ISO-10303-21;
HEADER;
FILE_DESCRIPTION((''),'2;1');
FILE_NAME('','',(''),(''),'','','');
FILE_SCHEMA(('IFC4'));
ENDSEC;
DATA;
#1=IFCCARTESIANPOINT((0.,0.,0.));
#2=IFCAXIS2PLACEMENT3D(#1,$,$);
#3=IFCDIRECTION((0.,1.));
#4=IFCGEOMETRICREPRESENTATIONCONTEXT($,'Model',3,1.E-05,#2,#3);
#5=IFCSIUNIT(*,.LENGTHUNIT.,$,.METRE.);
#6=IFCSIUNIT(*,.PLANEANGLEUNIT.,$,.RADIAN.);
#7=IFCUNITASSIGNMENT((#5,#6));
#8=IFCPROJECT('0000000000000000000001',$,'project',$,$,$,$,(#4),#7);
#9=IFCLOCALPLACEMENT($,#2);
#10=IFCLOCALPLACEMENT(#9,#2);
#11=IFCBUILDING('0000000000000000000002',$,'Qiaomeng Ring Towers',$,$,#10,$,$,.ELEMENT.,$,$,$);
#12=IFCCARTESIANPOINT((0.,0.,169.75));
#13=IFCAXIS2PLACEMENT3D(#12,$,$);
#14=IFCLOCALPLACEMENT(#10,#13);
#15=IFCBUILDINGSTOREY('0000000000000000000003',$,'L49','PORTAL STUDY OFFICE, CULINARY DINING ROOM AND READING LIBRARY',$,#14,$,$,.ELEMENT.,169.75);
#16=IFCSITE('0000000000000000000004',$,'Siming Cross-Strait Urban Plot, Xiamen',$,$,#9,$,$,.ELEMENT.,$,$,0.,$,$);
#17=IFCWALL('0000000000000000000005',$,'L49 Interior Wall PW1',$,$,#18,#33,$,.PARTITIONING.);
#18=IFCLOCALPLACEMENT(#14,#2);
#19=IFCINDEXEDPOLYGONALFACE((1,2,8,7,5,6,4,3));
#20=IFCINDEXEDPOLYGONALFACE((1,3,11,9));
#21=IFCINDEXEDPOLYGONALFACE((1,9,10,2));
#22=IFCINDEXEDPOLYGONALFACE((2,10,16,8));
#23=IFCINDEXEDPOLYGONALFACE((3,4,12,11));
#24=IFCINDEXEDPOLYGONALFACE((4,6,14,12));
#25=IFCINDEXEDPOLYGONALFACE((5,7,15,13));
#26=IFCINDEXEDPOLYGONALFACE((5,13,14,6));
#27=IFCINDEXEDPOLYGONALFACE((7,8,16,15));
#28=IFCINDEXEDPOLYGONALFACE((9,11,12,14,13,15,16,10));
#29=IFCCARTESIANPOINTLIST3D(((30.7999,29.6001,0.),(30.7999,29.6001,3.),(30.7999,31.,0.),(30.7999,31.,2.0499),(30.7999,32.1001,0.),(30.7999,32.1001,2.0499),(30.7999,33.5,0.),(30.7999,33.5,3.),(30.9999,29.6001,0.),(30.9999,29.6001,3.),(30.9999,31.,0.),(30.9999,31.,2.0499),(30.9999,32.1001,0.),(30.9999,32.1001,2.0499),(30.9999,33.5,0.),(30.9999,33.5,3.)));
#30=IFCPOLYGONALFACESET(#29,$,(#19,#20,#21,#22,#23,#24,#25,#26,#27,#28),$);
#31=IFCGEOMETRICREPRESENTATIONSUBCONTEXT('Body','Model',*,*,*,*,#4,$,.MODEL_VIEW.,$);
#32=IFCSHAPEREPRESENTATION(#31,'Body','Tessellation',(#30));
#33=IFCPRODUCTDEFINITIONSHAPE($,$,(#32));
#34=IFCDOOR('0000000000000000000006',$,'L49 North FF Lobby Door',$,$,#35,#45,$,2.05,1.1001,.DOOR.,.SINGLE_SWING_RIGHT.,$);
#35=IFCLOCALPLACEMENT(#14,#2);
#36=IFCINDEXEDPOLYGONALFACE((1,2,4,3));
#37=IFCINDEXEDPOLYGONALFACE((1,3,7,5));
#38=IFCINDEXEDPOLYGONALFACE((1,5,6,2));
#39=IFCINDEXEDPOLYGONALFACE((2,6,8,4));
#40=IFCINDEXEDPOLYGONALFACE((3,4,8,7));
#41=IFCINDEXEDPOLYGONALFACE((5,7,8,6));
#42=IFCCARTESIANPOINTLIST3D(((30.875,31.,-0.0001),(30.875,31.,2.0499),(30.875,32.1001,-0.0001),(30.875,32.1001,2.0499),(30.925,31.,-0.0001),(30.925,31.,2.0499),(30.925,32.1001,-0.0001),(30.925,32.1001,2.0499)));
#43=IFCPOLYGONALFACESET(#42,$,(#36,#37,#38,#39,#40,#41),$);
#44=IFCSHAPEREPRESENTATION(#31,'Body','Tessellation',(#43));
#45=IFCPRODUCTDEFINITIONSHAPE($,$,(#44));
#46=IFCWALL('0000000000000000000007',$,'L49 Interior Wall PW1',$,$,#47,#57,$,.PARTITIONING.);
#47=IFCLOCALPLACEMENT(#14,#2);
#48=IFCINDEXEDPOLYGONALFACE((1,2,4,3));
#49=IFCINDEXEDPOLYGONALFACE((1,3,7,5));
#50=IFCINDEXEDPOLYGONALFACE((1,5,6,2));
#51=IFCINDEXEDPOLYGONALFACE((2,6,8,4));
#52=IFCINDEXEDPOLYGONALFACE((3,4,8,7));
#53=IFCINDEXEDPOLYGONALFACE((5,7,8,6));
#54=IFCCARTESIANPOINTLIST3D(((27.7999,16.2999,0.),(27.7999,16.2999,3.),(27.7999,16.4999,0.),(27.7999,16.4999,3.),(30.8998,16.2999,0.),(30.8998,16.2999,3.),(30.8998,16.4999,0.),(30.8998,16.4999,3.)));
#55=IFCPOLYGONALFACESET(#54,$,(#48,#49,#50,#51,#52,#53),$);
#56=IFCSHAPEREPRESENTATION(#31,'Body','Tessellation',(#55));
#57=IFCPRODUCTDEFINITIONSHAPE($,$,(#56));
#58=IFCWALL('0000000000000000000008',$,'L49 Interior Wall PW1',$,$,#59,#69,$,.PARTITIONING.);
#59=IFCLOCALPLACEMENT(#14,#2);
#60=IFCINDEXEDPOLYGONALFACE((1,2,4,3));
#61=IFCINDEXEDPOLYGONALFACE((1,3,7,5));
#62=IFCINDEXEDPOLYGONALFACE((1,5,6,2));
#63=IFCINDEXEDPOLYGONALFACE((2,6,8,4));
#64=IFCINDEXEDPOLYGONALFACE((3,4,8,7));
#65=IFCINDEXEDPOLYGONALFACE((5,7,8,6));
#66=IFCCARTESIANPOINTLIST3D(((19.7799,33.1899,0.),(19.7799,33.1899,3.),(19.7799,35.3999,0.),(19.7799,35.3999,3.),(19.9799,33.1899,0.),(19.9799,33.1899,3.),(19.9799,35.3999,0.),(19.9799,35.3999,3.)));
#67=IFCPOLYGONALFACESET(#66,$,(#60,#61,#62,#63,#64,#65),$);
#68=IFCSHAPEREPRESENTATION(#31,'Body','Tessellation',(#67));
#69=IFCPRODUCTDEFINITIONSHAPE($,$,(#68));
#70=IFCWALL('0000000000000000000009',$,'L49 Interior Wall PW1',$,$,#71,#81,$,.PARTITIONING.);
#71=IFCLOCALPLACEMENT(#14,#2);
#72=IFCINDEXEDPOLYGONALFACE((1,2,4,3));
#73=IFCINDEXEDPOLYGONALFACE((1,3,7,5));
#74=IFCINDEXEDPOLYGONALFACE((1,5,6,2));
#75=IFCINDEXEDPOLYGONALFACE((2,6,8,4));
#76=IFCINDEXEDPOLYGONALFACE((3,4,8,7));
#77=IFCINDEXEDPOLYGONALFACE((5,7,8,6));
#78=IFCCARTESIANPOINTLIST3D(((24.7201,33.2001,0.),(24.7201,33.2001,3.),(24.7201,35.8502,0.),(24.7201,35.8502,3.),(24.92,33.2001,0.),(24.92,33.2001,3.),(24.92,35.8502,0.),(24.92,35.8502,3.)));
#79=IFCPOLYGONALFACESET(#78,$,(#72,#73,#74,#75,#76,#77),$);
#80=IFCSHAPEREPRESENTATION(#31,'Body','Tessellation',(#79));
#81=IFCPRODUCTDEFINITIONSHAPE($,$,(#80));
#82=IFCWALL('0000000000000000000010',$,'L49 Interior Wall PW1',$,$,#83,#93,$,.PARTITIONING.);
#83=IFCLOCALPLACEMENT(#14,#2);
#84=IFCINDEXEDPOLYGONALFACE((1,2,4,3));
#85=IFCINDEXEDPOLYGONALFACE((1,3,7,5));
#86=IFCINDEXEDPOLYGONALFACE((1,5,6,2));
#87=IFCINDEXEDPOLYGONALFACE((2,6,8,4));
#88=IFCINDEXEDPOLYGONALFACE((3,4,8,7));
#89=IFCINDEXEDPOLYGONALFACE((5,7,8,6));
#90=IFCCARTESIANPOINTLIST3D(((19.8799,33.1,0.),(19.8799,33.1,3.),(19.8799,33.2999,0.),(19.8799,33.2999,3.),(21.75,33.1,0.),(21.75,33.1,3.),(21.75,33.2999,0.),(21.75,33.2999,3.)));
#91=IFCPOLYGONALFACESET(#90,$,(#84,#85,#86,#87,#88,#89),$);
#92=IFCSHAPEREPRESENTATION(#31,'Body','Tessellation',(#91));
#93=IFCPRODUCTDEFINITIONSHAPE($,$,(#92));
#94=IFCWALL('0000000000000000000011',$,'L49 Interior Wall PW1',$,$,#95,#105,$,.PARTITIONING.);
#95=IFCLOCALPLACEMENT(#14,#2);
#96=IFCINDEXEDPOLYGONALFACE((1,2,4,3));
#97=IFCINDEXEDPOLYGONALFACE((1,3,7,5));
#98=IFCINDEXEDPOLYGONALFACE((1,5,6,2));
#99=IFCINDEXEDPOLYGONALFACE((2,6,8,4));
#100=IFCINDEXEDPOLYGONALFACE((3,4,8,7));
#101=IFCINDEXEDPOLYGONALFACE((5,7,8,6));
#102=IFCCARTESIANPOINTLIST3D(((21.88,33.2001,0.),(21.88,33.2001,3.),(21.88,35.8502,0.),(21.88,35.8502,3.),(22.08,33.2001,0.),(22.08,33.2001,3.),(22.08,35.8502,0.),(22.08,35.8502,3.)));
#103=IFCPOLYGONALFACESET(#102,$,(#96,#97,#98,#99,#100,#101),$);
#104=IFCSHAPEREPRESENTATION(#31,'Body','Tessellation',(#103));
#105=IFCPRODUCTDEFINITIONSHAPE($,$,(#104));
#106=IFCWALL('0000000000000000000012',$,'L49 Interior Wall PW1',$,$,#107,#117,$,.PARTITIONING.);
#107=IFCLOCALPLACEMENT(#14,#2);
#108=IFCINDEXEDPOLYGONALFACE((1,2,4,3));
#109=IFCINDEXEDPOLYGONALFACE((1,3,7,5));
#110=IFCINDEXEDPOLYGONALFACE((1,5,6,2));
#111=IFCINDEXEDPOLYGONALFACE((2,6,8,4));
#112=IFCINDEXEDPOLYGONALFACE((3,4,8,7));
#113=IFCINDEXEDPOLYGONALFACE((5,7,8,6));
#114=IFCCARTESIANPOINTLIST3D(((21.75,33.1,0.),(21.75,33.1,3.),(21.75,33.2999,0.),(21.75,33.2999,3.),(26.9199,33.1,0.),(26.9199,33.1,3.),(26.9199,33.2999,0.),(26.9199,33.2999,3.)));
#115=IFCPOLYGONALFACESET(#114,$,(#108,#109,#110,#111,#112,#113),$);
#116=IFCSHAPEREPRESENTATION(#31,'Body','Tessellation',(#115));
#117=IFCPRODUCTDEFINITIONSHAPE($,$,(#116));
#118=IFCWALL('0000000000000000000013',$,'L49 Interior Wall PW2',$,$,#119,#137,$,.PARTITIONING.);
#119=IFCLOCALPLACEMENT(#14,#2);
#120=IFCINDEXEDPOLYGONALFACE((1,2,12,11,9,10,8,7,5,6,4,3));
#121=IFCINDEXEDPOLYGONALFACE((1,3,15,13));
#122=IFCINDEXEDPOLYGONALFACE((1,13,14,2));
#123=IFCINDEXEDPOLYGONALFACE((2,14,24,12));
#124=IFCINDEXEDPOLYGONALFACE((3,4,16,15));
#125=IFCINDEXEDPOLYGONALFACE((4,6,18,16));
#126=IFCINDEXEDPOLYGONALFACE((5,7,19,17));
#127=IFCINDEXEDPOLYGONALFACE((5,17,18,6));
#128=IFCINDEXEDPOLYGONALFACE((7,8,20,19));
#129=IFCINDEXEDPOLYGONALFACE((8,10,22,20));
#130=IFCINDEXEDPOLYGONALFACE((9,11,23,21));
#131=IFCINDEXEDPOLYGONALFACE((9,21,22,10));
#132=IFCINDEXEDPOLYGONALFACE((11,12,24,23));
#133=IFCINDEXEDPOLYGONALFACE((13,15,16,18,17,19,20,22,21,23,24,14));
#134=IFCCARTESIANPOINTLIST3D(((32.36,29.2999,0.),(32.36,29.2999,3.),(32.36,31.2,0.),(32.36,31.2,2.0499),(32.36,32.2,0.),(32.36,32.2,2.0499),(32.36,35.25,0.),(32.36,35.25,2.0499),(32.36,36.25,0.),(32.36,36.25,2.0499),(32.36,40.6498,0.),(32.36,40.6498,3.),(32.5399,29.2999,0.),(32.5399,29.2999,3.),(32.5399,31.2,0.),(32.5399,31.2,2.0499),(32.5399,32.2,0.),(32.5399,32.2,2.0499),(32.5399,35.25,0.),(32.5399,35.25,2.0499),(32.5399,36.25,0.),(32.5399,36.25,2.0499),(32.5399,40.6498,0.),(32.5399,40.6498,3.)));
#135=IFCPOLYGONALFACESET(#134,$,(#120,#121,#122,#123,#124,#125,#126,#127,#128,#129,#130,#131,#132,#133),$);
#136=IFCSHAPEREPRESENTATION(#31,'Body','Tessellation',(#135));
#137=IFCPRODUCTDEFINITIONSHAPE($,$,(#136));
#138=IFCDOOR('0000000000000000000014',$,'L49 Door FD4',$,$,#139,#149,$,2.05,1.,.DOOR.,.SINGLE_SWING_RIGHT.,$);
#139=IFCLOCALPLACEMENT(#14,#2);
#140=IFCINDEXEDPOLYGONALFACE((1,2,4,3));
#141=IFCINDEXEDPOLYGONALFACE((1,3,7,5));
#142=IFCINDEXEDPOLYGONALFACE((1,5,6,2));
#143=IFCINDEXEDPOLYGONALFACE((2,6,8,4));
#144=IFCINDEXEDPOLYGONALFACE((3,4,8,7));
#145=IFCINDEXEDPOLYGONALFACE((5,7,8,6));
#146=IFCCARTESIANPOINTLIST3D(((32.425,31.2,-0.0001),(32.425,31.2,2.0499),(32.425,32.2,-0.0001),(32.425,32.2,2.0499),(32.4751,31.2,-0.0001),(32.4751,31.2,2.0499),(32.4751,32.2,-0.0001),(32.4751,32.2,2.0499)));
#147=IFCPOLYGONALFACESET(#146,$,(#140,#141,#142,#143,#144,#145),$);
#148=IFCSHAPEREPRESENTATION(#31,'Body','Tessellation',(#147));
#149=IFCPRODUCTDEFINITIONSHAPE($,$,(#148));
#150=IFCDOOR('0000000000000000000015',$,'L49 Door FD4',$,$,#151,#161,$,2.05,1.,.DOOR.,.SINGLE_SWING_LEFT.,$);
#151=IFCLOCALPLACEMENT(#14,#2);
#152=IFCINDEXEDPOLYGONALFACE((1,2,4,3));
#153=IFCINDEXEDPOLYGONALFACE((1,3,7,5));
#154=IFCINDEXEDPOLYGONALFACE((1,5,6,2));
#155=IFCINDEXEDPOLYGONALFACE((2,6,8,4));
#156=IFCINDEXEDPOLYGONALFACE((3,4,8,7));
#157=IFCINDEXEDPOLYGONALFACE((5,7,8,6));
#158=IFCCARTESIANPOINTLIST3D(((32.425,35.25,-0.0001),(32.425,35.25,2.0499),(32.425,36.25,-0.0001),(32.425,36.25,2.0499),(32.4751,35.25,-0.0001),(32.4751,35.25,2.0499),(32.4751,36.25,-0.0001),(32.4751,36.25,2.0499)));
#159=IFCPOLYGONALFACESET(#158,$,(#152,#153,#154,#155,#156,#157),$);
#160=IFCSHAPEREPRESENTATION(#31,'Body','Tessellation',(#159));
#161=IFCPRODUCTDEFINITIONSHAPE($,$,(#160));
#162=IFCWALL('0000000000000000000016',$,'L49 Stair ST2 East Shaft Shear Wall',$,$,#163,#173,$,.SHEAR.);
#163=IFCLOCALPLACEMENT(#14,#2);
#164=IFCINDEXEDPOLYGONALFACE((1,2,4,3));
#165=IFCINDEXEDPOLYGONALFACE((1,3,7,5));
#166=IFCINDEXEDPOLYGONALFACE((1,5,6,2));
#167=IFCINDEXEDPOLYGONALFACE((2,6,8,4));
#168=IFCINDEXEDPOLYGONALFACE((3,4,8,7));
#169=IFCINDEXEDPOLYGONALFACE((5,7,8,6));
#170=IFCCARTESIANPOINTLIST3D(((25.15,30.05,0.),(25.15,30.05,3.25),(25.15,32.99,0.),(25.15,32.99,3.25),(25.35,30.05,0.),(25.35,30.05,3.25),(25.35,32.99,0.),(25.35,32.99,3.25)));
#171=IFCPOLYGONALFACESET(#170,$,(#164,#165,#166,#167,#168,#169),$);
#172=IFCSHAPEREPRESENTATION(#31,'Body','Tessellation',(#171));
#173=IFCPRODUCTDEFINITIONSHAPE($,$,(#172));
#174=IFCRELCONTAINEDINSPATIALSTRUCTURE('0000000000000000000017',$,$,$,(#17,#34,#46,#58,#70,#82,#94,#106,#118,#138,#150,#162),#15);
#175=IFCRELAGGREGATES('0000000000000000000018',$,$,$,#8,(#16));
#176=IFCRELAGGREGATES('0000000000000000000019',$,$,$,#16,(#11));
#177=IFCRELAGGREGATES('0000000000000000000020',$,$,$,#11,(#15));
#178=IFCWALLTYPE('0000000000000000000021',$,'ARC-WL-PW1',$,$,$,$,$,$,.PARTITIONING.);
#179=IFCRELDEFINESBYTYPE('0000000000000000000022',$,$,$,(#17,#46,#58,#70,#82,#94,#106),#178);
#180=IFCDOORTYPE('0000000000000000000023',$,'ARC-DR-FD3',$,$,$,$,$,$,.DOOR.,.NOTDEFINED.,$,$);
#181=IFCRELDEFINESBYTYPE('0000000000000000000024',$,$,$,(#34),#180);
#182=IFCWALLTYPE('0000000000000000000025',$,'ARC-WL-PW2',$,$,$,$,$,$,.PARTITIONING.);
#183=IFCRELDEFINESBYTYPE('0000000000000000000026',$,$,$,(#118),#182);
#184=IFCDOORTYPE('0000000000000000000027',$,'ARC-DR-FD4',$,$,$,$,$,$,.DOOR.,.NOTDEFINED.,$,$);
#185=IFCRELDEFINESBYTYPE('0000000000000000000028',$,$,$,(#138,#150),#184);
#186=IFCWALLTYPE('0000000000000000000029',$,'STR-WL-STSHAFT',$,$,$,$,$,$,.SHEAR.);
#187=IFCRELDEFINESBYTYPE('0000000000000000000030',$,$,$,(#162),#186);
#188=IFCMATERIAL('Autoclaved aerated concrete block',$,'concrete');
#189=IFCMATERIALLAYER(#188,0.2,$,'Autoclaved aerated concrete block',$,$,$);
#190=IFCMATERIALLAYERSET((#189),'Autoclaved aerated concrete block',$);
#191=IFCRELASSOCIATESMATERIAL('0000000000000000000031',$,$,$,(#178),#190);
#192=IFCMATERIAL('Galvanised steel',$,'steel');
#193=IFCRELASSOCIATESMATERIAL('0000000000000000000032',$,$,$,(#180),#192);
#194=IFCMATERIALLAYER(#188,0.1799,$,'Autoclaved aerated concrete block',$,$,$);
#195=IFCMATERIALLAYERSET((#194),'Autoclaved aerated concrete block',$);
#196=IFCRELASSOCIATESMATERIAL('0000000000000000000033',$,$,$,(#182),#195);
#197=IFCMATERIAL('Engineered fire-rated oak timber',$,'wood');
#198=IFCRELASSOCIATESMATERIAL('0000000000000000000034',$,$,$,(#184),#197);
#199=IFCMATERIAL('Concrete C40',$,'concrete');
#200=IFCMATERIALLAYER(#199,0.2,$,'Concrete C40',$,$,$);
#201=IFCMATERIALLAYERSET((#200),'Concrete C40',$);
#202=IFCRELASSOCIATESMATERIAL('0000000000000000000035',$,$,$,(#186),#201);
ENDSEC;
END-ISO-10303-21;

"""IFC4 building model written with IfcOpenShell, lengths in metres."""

from ifc_helpers import new_model, si_unit, direction, frame, frame_2d, origin, place, context, subcontext, project, spatial, rectangle, extrude, source, transform, mapped, material, layer, layer_set, type_object, element, fill, save


model = new_model("IFC4")

# Units and contexts
model_context = context("Model", 3, precision=1e-05, world=origin(), true_north=direction((0.0, 1.0)))
body_context = subcontext(model_context, "Body", "Model", "MODEL_VIEW")
ifc_project = project(units=[si_unit("LENGTHUNIT", "METRE"), si_unit("PLANEANGLEUNIT", "RADIAN")], contexts=[model_context])

# Site, building, storey
site_placement = place(None, origin())
site = spatial("IfcSite", under=ifc_project, at=site_placement, Name="Siming Cross-Strait Urban Plot, Xiamen", CompositionType="ELEMENT", RefElevation=0.0)
building_placement = place(site_placement, origin())
building = spatial("IfcBuilding", under=site, at=building_placement, Name="Qiaomeng Ring Towers", CompositionType="ELEMENT")
storey_placement = place(building_placement, frame((0.0, 0.0, 169.75)))
storey = spatial("IfcBuildingStorey", under=building, at=storey_placement, Name="L49", Description="PORTAL STUDY OFFICE, CULINARY DINING ROOM AND READING LIBRARY", CompositionType="ELEMENT", Elevation=169.75)

# Shared definitions
ifc_material_1 = material(Name="Autoclaved aerated concrete block", Category="concrete")
ifc_layer_1 = layer(ifc_material_1, 0.2, Name="Autoclaved aerated concrete block")
ifc_layer_set_1 = layer_set([ifc_layer_1], Name="Autoclaved aerated concrete block")
wall_type_1 = type_object("IfcWallType", Name="ARC-WL-PW1", PredefinedType="PARTITIONING", material=ifc_layer_set_1)

# Wall, opening, door
wall_1_placement = place(storey_placement, frame((30.8999, 29.6001, 0.0), z_axis=(0.0, 0.0, 1.0), x_axis=(0.0, 1.0, 0.0)))
wall_1 = element("IfcWall", 1, at=wall_1_placement, inside=storey, type_object=wall_type_1, Name="L49 Interior Wall PW1", PredefinedType="PARTITIONING", context=body_context, shape_type="SweptSolid", body=[
    extrude(rectangle(XDim=3.8999, YDim=0.2, at=frame_2d((1.95, 0.0))), origin(), (0.0, 0.0, 1.0), 3.0),
])
opening_1_placement = place(wall_1_placement, frame((1.3999, 0.0, 0.0)))
opening_1 = element("IfcOpeningElement", 2, at=opening_1_placement, cuts=wall_1, PredefinedType="OPENING", context=body_context, shape_type="SweptSolid", body=[
    extrude(rectangle(XDim=1.1001, YDim=2.05, at=frame_2d((0.55, 1.0249))), frame((0.0, 0.1099, 0.0), z_axis=(0.0, -1.0, 0.0), x_axis=(1.0, 0.0, 0.0)), (0.0, 0.0, 1.0), 0.22),
])
ifc_material_2 = material(Name="Galvanised steel", Category="steel")
door_type_1 = type_object("IfcDoorType", Name="ARC-DR-FD3", OperationType="NOTDEFINED", PredefinedType="DOOR", material=ifc_material_2)
shared_shape_1 = source(origin(), body_context, "Body", "SweptSolid", [
    extrude(rectangle(XDim=1.1001, YDim=2.05, at=frame_2d((0.55, 1.0249))), frame((0.0, 0.0249, 0.0), z_axis=(0.0, -1.0, 0.0), x_axis=(1.0, 0.0, 0.0)), (0.0, 0.0, 1.0), 0.05),
])
door_1_placement = place(opening_1_placement, origin())
door_1 = element("IfcDoor", 3, at=door_1_placement, inside=storey, type_object=door_type_1, Name="L49 North FF Lobby Door", OperationType="SINGLE_SWING_RIGHT", OverallHeight=2.05, OverallWidth=1.1001, PredefinedType="DOOR", context=body_context, shape_type="MappedRepresentation", body=[
    mapped(shared_shape_1, transform((0.0, 0.0, 0.0), x_axis=(1.0, 0.0, 0.0), y_axis=(0.0, 1.0, 0.0), z_axis=(0.0, 0.0, 1.0), scale=1.0)),
])
fill(opening_1, door_1)

# Walls
wall_2_placement = place(storey_placement, frame((27.8, 16.3999, 0.0), z_axis=(0.0, 0.0, 1.0), x_axis=(1.0, 0.0, 0.0)))
element("IfcWall", 4, at=wall_2_placement, inside=storey, type_object=wall_type_1, Name="L49 Interior Wall PW1", PredefinedType="PARTITIONING", context=body_context, shape_type="SweptSolid", body=[
    extrude(rectangle(XDim=3.0999, YDim=0.2, at=frame_2d((1.5498, 0.0))), origin(), (0.0, 0.0, 1.0), 3.0),
])
wall_3_placement = place(storey_placement, frame((19.8799, 33.1899, 0.0), z_axis=(0.0, 0.0, 1.0), x_axis=(0.0, 1.0, 0.0)))
element("IfcWall", 5, at=wall_3_placement, inside=storey, type_object=wall_type_1, Name="L49 Interior Wall PW1", PredefinedType="PARTITIONING", context=body_context, shape_type="SweptSolid", body=[
    extrude(rectangle(XDim=2.21, YDim=0.2, at=frame_2d((1.105, 0.0))), origin(), (0.0, 0.0, 1.0), 3.0),
])
wall_4_placement = place(storey_placement, frame((24.8201, 33.2, 0.0), z_axis=(0.0, 0.0, 1.0), x_axis=(0.0, 1.0, 0.0)))
element("IfcWall", 6, at=wall_4_placement, inside=storey, type_object=wall_type_1, Name="L49 Interior Wall PW1", PredefinedType="PARTITIONING", context=body_context, shape_type="SweptSolid", body=[
    extrude(rectangle(XDim=2.6501, YDim=0.2, at=frame_2d((1.3252, 0.0))), origin(), (0.0, 0.0, 1.0), 3.0),
])
wall_5_placement = place(storey_placement, frame((19.8799, 33.2, 0.0), z_axis=(0.0, 0.0, 1.0), x_axis=(1.0, 0.0, 0.0)))
element("IfcWall", 7, at=wall_5_placement, inside=storey, type_object=wall_type_1, Name="L49 Interior Wall PW1", PredefinedType="PARTITIONING", context=body_context, shape_type="SweptSolid", body=[
    extrude(rectangle(XDim=1.8701, YDim=0.2, at=frame_2d((0.9351, 0.0))), origin(), (0.0, 0.0, 1.0), 3.0),
])
wall_6_placement = place(storey_placement, frame((21.98, 33.2, 0.0), z_axis=(0.0, 0.0, 1.0), x_axis=(0.0, 1.0, 0.0)))
element("IfcWall", 8, at=wall_6_placement, inside=storey, type_object=wall_type_1, Name="L49 Interior Wall PW1", PredefinedType="PARTITIONING", context=body_context, shape_type="SweptSolid", body=[
    extrude(rectangle(XDim=2.6501, YDim=0.2, at=frame_2d((1.3252, 0.0))), origin(), (0.0, 0.0, 1.0), 3.0),
])
wall_7_placement = place(storey_placement, frame((21.75, 33.2, 0.0), z_axis=(0.0, 0.0, 1.0), x_axis=(1.0, 0.0, 0.0)))
element("IfcWall", 9, at=wall_7_placement, inside=storey, type_object=wall_type_1, Name="L49 Interior Wall PW1", PredefinedType="PARTITIONING", context=body_context, shape_type="SweptSolid", body=[
    extrude(rectangle(XDim=5.1699, YDim=0.2, at=frame_2d((2.585, 0.0))), origin(), (0.0, 0.0, 1.0), 3.0),
])

# Wall, openings, doors
ifc_layer_2 = layer(ifc_material_1, 0.1799, Name="Autoclaved aerated concrete block")
ifc_layer_set_2 = layer_set([ifc_layer_2], Name="Autoclaved aerated concrete block")
wall_type_2 = type_object("IfcWallType", Name="ARC-WL-PW2", PredefinedType="PARTITIONING", material=ifc_layer_set_2)
wall_8_placement = place(storey_placement, frame((32.45, 29.3, 0.0), z_axis=(0.0, 0.0, 1.0), x_axis=(0.0, 1.0, 0.0)))
wall_8 = element("IfcWall", 10, at=wall_8_placement, inside=storey, type_object=wall_type_2, Name="L49 Interior Wall PW2", PredefinedType="PARTITIONING", context=body_context, shape_type="SweptSolid", body=[
    extrude(rectangle(XDim=11.3499, YDim=0.1799, at=frame_2d((5.6748, 0.0))), origin(), (0.0, 0.0, 1.0), 3.0),
])
opening_2_placement = place(wall_8_placement, frame((1.8999, 0.0, 0.0)))
opening_2 = element("IfcOpeningElement", 11, at=opening_2_placement, cuts=wall_8, PredefinedType="OPENING", context=body_context, shape_type="SweptSolid", body=[
    extrude(rectangle(XDim=1.0, YDim=2.05, at=frame_2d((0.5, 1.0249))), frame((0.0, 0.0999, 0.0), z_axis=(0.0, -1.0, 0.0), x_axis=(1.0, 0.0, 0.0)), (0.0, 0.0, 1.0), 0.2),
])
opening_3_placement = place(wall_8_placement, frame((5.95, 0.0, 0.0)))
opening_3 = element("IfcOpeningElement", 12, at=opening_3_placement, cuts=wall_8, PredefinedType="OPENING", context=body_context, shape_type="SweptSolid", body=[
    extrude(rectangle(XDim=1.0, YDim=2.05, at=frame_2d((0.5, 1.0249))), frame((0.0, 0.0999, 0.0), z_axis=(0.0, -1.0, 0.0), x_axis=(1.0, 0.0, 0.0)), (0.0, 0.0, 1.0), 0.2),
])
ifc_material_3 = material(Name="Engineered fire-rated oak timber", Category="wood")
door_type_2 = type_object("IfcDoorType", Name="ARC-DR-FD4", OperationType="NOTDEFINED", PredefinedType="DOOR", material=ifc_material_3)
shared_shape_2 = source(origin(), body_context, "Body", "SweptSolid", [
    extrude(rectangle(XDim=1.0, YDim=2.05, at=frame_2d((0.5, 1.0249))), frame((0.0, 0.0249, 0.0), z_axis=(0.0, -1.0, 0.0), x_axis=(1.0, 0.0, 0.0)), (0.0, 0.0, 1.0), 0.05),
])
door_2_placement = place(opening_2_placement, origin())
door_2 = element("IfcDoor", 13, at=door_2_placement, inside=storey, type_object=door_type_2, Name="L49 Door FD4", OperationType="SINGLE_SWING_RIGHT", OverallHeight=2.05, OverallWidth=1.0, PredefinedType="DOOR", context=body_context, shape_type="MappedRepresentation", body=[
    mapped(shared_shape_2, transform((0.0, 0.0, 0.0), x_axis=(1.0, 0.0, 0.0), y_axis=(0.0, 1.0, 0.0), z_axis=(0.0, 0.0, 1.0), scale=1.0)),
])
fill(opening_2, door_2)
door_3_placement = place(opening_3_placement, origin())
door_3 = element("IfcDoor", 14, at=door_3_placement, inside=storey, type_object=door_type_2, Name="L49 Door FD4", OperationType="SINGLE_SWING_LEFT", OverallHeight=2.05, OverallWidth=1.0, PredefinedType="DOOR", context=body_context, shape_type="MappedRepresentation", body=[
    mapped(shared_shape_2, transform((0.0, 0.0, 0.0), x_axis=(1.0, 0.0, 0.0), y_axis=(0.0, 1.0, 0.0), z_axis=(0.0, 0.0, 1.0), scale=1.0)),
])
fill(opening_3, door_3)

# Wall
ifc_material_4 = material(Name="Concrete C40", Category="concrete")
ifc_layer_3 = layer(ifc_material_4, 0.2, Name="Concrete C40")
ifc_layer_set_3 = layer_set([ifc_layer_3], Name="Concrete C40")
wall_type_3 = type_object("IfcWallType", Name="STR-WL-STSHAFT", PredefinedType="SHEAR", material=ifc_layer_set_3)
wall_9_placement = place(storey_placement, frame((25.25, 30.05, 0.0), z_axis=(0.0, 0.0, 1.0), x_axis=(0.0, 1.0, 0.0)))
element("IfcWall", 15, at=wall_9_placement, inside=storey, type_object=wall_type_3, Name="L49 Stair ST2 East Shaft Shear Wall", PredefinedType="SHEAR", context=body_context, shape_type="SweptSolid", body=[
    extrude(rectangle(XDim=2.9399, YDim=0.2, at=frame_2d((1.47, 0.0))), origin(), (0.0, 0.0, 1.0), 3.25),
])

save(model, "model.ifc")
